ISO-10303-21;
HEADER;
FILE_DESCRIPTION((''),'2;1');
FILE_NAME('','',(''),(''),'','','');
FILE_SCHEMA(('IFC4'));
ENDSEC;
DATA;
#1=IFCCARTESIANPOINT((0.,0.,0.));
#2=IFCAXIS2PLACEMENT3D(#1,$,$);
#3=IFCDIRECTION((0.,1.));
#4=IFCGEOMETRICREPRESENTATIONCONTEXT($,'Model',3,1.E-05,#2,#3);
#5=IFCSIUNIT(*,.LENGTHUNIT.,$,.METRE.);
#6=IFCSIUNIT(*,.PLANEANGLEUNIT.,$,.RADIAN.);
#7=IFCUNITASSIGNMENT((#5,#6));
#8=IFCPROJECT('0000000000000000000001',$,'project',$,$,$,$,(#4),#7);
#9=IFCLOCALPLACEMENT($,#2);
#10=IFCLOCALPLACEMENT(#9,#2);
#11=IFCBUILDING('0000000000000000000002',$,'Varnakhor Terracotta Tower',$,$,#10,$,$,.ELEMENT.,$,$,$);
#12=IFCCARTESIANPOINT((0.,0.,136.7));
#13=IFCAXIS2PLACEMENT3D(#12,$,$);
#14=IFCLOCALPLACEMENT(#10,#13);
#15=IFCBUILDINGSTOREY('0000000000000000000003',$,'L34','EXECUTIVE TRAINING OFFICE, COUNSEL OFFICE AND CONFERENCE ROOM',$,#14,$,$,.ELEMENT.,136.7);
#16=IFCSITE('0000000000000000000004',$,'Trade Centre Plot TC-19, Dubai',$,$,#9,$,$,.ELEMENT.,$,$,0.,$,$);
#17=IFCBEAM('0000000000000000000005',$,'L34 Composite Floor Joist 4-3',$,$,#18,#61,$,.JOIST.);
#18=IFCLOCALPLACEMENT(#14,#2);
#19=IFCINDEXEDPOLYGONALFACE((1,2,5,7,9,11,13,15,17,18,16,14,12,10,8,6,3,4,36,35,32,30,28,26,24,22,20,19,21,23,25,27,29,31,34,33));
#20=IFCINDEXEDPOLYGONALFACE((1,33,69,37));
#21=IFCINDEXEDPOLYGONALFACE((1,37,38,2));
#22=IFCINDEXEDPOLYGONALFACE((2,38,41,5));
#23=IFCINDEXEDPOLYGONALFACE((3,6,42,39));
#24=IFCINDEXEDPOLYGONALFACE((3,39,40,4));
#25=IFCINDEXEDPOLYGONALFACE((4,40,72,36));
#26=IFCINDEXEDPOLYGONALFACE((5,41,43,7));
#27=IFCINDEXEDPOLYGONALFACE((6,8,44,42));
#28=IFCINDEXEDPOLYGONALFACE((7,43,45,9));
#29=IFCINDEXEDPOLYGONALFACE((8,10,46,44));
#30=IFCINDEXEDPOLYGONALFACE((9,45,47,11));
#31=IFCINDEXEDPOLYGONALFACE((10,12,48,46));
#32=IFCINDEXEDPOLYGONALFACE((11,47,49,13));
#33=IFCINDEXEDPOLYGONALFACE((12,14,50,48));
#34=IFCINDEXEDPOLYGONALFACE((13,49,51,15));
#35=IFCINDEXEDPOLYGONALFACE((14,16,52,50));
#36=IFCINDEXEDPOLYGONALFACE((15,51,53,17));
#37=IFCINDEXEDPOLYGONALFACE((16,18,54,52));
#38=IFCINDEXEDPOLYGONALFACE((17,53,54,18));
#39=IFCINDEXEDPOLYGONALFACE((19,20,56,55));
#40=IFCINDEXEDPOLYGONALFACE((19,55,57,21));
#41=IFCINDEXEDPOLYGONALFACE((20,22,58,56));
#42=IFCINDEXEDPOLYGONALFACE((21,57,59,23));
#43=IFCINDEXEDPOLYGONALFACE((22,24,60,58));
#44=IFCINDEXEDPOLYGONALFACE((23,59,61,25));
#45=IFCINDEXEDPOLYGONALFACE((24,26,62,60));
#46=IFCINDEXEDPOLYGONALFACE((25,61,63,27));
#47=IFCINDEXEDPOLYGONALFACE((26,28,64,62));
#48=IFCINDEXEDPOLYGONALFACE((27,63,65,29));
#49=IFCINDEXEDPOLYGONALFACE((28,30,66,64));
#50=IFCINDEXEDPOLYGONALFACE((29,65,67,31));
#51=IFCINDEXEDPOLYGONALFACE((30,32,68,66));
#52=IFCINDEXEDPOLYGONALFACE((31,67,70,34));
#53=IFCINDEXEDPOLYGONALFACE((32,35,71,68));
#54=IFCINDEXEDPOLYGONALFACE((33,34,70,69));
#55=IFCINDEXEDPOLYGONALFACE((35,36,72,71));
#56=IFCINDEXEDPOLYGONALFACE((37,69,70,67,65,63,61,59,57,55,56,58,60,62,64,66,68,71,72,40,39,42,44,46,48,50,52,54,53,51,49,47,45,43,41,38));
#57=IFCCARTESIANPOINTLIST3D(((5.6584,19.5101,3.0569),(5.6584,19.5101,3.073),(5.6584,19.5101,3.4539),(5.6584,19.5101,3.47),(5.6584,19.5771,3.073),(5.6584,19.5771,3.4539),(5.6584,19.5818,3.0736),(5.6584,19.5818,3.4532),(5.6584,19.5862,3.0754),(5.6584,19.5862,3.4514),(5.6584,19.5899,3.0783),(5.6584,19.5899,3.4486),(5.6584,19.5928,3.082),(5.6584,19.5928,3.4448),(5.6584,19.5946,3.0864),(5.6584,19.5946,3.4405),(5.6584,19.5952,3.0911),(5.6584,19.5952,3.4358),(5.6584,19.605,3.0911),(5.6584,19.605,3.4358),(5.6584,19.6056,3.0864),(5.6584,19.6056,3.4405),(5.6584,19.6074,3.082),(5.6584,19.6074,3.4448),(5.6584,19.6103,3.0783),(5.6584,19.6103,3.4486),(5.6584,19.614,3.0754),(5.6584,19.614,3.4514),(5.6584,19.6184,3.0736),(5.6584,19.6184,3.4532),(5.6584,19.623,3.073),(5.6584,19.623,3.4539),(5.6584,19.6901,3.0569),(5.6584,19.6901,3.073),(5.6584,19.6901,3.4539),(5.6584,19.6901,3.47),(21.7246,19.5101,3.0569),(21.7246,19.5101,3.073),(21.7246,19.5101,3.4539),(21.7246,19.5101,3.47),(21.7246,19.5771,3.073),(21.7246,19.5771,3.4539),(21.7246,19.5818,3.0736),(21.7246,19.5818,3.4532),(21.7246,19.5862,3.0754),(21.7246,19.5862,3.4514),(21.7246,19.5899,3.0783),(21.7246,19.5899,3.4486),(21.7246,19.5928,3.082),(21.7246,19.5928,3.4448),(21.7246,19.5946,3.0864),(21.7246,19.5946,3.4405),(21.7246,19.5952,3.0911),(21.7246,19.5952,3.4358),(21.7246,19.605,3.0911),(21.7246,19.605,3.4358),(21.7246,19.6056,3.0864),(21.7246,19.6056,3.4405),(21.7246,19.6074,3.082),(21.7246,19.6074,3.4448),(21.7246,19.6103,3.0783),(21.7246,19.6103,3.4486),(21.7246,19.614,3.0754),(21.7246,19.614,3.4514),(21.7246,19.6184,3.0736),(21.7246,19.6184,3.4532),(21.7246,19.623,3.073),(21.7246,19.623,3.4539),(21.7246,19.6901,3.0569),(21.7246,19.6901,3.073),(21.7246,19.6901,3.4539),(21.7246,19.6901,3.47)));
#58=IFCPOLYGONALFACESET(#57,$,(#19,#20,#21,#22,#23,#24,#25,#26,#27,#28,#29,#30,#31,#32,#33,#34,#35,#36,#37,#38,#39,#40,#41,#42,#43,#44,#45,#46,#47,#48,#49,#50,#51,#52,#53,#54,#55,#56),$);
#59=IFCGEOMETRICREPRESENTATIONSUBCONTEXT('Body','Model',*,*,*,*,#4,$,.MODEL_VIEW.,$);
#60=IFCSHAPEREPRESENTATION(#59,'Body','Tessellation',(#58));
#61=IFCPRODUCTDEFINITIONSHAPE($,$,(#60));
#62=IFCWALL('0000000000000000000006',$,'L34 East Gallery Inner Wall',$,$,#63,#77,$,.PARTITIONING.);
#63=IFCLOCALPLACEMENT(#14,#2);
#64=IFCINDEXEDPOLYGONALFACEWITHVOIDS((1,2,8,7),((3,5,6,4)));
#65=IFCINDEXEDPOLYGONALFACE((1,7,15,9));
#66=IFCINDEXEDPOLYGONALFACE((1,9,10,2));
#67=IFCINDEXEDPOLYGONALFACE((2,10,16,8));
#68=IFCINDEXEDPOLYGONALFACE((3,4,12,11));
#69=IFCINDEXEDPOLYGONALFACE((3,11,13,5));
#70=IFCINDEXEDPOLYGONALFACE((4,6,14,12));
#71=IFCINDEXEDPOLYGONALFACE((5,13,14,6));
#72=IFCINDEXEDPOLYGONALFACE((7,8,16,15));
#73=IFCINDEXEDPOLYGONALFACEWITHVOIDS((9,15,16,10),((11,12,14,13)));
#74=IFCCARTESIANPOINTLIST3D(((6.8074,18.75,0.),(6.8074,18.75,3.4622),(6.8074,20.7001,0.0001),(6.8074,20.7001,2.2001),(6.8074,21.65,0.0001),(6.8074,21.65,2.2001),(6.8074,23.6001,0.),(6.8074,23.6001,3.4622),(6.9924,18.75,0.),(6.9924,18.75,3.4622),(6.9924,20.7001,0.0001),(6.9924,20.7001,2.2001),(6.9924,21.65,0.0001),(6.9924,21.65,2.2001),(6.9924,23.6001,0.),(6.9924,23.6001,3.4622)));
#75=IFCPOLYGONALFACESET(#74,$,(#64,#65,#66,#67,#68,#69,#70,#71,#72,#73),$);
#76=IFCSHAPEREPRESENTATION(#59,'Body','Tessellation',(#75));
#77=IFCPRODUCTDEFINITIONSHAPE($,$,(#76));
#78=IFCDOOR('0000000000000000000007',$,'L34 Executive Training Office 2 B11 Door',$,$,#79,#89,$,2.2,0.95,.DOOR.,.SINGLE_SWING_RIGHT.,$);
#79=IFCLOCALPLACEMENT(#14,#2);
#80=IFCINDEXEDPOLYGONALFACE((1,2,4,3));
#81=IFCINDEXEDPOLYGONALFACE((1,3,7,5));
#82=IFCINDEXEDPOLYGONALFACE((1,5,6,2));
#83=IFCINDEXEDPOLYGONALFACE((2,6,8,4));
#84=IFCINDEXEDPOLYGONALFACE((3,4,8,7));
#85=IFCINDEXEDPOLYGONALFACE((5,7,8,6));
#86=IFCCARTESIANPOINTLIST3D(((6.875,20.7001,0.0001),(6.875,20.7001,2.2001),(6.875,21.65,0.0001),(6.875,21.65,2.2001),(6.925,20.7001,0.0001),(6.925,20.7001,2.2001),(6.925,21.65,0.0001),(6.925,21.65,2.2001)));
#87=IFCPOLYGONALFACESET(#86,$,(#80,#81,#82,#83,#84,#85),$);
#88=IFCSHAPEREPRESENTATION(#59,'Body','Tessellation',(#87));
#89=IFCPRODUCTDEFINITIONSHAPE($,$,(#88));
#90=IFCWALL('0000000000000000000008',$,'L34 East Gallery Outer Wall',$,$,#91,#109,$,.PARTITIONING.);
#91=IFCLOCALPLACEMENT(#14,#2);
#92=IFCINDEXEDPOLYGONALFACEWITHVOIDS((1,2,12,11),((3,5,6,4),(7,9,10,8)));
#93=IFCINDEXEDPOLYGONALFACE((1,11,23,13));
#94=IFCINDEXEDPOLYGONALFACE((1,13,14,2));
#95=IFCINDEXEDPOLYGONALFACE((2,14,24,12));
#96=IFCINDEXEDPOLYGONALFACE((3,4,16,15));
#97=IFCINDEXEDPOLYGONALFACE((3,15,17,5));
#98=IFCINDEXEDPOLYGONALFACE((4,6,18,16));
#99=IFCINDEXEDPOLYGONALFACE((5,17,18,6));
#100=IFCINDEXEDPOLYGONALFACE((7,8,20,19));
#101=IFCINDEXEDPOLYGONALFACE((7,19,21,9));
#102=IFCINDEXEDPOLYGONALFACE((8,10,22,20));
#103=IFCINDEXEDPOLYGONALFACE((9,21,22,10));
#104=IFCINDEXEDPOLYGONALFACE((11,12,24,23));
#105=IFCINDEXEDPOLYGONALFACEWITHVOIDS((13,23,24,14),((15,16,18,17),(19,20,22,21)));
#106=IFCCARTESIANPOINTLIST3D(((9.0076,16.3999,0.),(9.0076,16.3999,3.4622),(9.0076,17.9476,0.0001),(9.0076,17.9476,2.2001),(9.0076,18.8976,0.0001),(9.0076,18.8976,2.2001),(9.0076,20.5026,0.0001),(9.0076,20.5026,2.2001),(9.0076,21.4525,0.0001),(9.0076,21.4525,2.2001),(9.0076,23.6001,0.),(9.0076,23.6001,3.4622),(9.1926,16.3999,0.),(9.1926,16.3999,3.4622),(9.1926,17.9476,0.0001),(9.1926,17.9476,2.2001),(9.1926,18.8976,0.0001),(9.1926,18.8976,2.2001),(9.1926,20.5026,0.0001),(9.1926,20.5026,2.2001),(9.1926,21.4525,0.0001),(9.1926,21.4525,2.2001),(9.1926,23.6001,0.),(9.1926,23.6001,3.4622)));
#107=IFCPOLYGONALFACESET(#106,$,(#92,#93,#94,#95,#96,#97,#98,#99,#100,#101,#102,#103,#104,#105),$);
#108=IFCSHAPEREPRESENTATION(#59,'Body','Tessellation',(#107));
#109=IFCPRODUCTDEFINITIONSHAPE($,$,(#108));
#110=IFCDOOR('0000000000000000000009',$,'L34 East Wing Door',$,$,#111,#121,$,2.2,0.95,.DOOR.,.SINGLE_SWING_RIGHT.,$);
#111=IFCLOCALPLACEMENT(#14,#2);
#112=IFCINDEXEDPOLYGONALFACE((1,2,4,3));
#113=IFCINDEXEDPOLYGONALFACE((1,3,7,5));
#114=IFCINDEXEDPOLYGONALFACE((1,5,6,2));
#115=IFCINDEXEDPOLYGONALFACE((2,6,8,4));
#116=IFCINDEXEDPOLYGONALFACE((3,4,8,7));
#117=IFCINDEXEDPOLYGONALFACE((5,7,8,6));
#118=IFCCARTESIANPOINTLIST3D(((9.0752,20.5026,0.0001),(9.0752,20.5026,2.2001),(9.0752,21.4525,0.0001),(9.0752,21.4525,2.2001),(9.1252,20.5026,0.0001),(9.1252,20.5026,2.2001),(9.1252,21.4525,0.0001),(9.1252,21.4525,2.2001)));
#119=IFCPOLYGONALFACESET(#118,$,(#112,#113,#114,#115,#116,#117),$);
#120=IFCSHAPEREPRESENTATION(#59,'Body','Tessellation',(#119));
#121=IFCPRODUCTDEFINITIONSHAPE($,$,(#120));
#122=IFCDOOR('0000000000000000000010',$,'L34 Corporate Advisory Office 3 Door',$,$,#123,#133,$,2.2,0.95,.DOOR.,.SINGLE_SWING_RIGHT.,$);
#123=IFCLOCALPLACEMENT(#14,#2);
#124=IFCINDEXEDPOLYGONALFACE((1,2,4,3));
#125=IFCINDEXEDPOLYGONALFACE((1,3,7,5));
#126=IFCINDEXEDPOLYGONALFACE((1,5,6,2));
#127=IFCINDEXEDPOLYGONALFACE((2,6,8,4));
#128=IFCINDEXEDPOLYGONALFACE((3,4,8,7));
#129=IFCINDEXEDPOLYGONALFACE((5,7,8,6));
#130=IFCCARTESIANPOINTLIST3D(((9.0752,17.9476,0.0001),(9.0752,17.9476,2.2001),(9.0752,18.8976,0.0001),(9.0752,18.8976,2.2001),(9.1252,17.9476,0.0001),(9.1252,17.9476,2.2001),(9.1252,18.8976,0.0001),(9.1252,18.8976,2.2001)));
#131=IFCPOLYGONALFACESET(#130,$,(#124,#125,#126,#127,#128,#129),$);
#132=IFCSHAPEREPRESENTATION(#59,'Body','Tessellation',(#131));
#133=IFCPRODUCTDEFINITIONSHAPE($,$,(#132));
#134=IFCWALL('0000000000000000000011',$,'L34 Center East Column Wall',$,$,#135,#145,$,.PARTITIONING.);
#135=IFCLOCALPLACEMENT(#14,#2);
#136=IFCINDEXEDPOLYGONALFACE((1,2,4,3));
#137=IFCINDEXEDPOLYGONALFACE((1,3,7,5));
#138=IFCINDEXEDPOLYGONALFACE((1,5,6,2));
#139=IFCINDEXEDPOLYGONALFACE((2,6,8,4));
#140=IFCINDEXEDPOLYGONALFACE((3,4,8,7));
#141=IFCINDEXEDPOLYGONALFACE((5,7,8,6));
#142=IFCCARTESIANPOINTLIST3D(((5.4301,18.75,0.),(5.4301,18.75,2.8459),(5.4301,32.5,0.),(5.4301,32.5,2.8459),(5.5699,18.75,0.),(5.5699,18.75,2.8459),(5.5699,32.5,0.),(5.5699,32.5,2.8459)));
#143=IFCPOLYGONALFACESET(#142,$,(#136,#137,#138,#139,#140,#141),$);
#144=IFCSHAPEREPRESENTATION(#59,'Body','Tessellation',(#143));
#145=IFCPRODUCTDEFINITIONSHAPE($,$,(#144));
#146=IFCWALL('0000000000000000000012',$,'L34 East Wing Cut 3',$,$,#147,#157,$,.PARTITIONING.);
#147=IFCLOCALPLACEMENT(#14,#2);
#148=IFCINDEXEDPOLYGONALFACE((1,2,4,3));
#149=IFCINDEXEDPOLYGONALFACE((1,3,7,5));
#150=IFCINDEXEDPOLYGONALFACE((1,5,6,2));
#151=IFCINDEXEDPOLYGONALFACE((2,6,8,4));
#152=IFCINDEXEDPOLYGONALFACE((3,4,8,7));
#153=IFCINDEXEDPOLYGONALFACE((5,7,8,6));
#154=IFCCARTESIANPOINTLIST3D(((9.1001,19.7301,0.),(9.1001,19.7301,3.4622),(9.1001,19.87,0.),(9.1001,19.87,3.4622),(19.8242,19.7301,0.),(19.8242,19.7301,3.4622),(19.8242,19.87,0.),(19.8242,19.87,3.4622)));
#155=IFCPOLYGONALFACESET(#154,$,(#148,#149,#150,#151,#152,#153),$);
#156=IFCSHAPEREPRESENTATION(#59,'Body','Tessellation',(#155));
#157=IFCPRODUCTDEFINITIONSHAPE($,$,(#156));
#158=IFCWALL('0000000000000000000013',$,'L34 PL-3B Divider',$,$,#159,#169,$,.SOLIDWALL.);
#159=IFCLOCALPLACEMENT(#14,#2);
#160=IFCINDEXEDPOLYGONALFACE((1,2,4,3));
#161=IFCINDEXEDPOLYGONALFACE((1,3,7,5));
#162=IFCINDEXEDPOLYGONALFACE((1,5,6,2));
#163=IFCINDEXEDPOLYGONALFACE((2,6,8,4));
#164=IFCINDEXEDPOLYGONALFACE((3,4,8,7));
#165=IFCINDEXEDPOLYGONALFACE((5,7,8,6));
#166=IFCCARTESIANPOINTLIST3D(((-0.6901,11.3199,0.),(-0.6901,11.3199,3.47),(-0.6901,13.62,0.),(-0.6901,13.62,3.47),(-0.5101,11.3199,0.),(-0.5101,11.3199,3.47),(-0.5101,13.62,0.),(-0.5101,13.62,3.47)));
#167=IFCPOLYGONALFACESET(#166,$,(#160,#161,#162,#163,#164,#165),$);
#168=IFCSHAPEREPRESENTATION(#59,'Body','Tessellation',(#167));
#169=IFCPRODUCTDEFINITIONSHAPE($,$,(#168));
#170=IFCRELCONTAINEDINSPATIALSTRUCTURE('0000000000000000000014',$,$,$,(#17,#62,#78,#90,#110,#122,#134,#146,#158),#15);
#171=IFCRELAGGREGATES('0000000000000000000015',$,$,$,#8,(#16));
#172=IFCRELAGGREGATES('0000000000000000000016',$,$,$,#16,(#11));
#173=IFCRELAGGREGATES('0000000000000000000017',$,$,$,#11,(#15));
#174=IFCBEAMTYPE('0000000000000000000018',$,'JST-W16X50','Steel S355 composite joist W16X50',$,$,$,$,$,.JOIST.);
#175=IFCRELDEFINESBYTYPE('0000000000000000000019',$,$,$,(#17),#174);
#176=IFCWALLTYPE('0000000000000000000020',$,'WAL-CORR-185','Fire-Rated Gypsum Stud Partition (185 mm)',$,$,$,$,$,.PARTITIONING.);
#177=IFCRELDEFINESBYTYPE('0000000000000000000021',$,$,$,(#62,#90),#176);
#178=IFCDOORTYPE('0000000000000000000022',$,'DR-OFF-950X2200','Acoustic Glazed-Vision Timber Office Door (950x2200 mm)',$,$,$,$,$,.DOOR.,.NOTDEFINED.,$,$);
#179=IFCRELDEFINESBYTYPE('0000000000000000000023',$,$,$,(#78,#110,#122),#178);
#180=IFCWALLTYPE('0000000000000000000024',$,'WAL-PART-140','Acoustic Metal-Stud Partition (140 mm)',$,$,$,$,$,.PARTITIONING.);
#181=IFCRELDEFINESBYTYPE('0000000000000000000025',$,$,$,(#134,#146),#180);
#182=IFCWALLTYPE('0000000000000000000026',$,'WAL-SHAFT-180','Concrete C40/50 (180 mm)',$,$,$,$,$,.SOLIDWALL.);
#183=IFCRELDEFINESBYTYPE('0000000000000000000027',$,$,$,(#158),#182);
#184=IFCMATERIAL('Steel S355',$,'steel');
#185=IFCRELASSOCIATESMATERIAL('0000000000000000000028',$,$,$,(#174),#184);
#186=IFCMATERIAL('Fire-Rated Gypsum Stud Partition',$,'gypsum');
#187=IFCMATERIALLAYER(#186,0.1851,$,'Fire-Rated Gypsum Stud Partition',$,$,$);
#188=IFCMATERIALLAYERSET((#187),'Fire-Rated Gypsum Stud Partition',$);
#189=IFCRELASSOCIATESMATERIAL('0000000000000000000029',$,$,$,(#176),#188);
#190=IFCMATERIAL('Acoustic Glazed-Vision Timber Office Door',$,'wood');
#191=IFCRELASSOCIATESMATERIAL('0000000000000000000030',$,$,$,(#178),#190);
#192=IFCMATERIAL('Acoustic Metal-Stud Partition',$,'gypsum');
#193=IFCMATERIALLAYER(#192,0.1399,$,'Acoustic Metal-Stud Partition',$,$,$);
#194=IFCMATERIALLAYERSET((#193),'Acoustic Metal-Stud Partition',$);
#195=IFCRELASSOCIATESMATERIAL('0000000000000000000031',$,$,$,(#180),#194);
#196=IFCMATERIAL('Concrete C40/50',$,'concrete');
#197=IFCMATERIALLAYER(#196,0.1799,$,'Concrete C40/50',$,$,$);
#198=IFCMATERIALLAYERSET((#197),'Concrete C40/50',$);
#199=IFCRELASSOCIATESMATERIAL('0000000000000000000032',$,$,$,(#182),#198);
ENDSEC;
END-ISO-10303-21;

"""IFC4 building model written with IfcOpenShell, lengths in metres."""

from ifc_helpers import new_model, si_unit, direction, frame, frame_2d, origin, origin_2d, place, context, subcontext, project, spatial, rectangle, i_section, extrude, source, transform, mapped, material, layer, layer_set, material_profile, profile_set, type_object, type_shapes, element, fill, save


model = new_model("IFC4")

# Units and contexts
model_context = context("Model", 3, precision=1e-05, world=origin(), true_north=direction((0.0, 1.0)))
body_context = subcontext(model_context, "Body", "Model", "MODEL_VIEW")
ifc_project = project(units=[si_unit("LENGTHUNIT", "METRE"), si_unit("PLANEANGLEUNIT", "RADIAN")], contexts=[model_context])

# Site, building, storey
site_placement = place(None, origin())
site = spatial("IfcSite", under=ifc_project, at=site_placement, Name="Trade Centre Plot TC-19, Dubai", CompositionType="ELEMENT", RefElevation=0.0)
building_placement = place(site_placement, origin())
building = spatial("IfcBuilding", under=site, at=building_placement, Name="Varnakhor Terracotta Tower", CompositionType="ELEMENT")
storey_placement = place(building_placement, frame((0.0, 0.0, 136.7)))
storey = spatial("IfcBuildingStorey", under=building, at=storey_placement, Name="L34", Description="EXECUTIVE TRAINING OFFICE, COUNSEL OFFICE AND CONFERENCE ROOM", CompositionType="ELEMENT", Elevation=136.7)

# Beam
ifc_material_1 = material(Name="Steel S355", Category="steel")
ifc_material_profile_1 = material_profile(ifc_material_1, i_section(OverallWidth=0.1799, OverallDepth=0.4131, WebThickness=0.0098, FlangeThickness=0.0161, FilletRadius=0.0181, at=origin_2d()), Name="W16X50")
ifc_profile_set_1 = profile_set([ifc_material_profile_1], Name="Steel S355")
beam_type_1 = type_object("IfcBeamType", Name="JST-W16X50", Description="Steel S355 composite joist W16X50", PredefinedType="JOIST", material=ifc_profile_set_1)
shared_shape_1 = source(origin(), body_context, "Body", "SweptSolid", [
    extrude(i_section(OverallWidth=0.1799, OverallDepth=0.4131, WebThickness=0.0098, FlangeThickness=0.0161, FilletRadius=0.0181, at=origin_2d()), origin(), (0.0, 0.0, 1.0), 16.0662),
])
beam_1_placement = place(storey_placement, frame((5.6584, 19.6001, 3.2634), z_axis=(1.0, 0.0, 0.0), x_axis=(0.0, 1.0, 0.0)))
element("IfcBeam", 1, at=beam_1_placement, inside=storey, type_object=beam_type_1, Name="L34 Composite Floor Joist 4-3", PredefinedType="JOIST", context=body_context, shape_type="MappedRepresentation", body=[
    mapped(shared_shape_1, transform((0.0, 0.0, 0.0), scale=1.0)),
])

# Wall, opening, door
ifc_material_2 = material(Name="Fire-Rated Gypsum Stud Partition", Category="gypsum")
ifc_layer_1 = layer(ifc_material_2, 0.1851, Name="Fire-Rated Gypsum Stud Partition")
ifc_layer_set_1 = layer_set([ifc_layer_1], Name="Fire-Rated Gypsum Stud Partition")
wall_type_1 = type_object("IfcWallType", Name="WAL-CORR-185", Description="Fire-Rated Gypsum Stud Partition (185 mm)", PredefinedType="PARTITIONING", material=ifc_layer_set_1)
wall_1_placement = place(storey_placement, frame((6.8999, 18.75, 0.0), z_axis=(0.0, 0.0, 1.0), x_axis=(0.0, 1.0, 0.0)))
wall_1 = element("IfcWall", 2, at=wall_1_placement, inside=storey, type_object=wall_type_1, Name="L34 East Gallery Inner Wall", PredefinedType="PARTITIONING", context=body_context, shape_type="SweptSolid", body=[
    extrude(rectangle(XDim=4.8501, YDim=0.1851, at=frame_2d((2.425, 0.0))), origin(), (0.0, 0.0, 1.0), 3.4622),
])
opening_1_placement = place(wall_1_placement, frame((1.95, 0.0, 0.0)))
opening_1 = element("IfcOpeningElement", 3, at=opening_1_placement, cuts=wall_1, PredefinedType="OPENING", context=body_context, shape_type="SweptSolid", body=[
    extrude(rectangle(XDim=0.95, YDim=2.2, at=frame_2d((0.4751, 1.1001))), frame((0.0, 0.1025, 0.0), z_axis=(0.0, -1.0, 0.0), x_axis=(1.0, 0.0, 0.0)), (0.0, 0.0, 1.0), 0.2051),
])
ifc_material_3 = material(Name="Acoustic Glazed-Vision Timber Office Door", Category="wood")
door_type_1 = type_object("IfcDoorType", Name="DR-OFF-950X2200", Description="Acoustic Glazed-Vision Timber Office Door (950x2200 mm)", OperationType="NOTDEFINED", PredefinedType="DOOR", material=ifc_material_3)
shared_shape_2 = source(origin(), body_context, "Body", "SweptSolid", [
    extrude(rectangle(XDim=0.95, YDim=2.2, at=frame_2d((0.4751, 1.1001))), frame((0.0, 0.0249, 0.0), z_axis=(0.0, -1.0, 0.0), x_axis=(1.0, 0.0, 0.0)), (0.0, 0.0, 1.0), 0.05),
])
type_shapes(door_type_1, [shared_shape_2])
door_1_placement = place(opening_1_placement, origin())
door_1 = element("IfcDoor", 4, at=door_1_placement, inside=storey, type_object=door_type_1, Name="L34 Executive Training Office 2 B11 Door", OperationType="SINGLE_SWING_RIGHT", OverallHeight=2.2, OverallWidth=0.95, PredefinedType="DOOR", context=body_context, shape_type="MappedRepresentation", body=[
    mapped(shared_shape_2, transform((0.0, 0.0, 0.0), scale=1.0)),
])
fill(opening_1, door_1)

# Wall, openings, doors
wall_2_placement = place(storey_placement, frame((9.1001, 16.3999, 0.0), z_axis=(0.0, 0.0, 1.0), x_axis=(0.0, 1.0, 0.0)))
wall_2 = element("IfcWall", 5, at=wall_2_placement, inside=storey, type_object=wall_type_1, Name="L34 East Gallery Outer Wall", PredefinedType="PARTITIONING", context=body_context, shape_type="SweptSolid", body=[
    extrude(rectangle(XDim=7.2002, YDim=0.1851, at=frame_2d((3.6001, 0.0))), origin(), (0.0, 0.0, 1.0), 3.4622),
])
opening_2_placement = place(wall_2_placement, frame((4.1025, 0.0, 0.0)))
opening_2 = element("IfcOpeningElement", 6, at=opening_2_placement, cuts=wall_2, PredefinedType="OPENING", context=body_context, shape_type="SweptSolid", body=[
    extrude(rectangle(XDim=0.95, YDim=2.2, at=frame_2d((0.4751, 1.1001))), frame((0.0, 0.1025, 0.0), z_axis=(0.0, -1.0, 0.0), x_axis=(1.0, 0.0, 0.0)), (0.0, 0.0, 1.0), 0.2051),
])
opening_3_placement = place(wall_2_placement, frame((1.5476, 0.0, 0.0)))
opening_3 = element("IfcOpeningElement", 7, at=opening_3_placement, cuts=wall_2, PredefinedType="OPENING", context=body_context, shape_type="SweptSolid", body=[
    extrude(rectangle(XDim=0.95, YDim=2.2, at=frame_2d((0.4751, 1.1001))), frame((0.0, 0.1025, 0.0), z_axis=(0.0, -1.0, 0.0), x_axis=(1.0, 0.0, 0.0)), (0.0, 0.0, 1.0), 0.2051),
])
door_2_placement = place(opening_2_placement, origin())
door_2 = element("IfcDoor", 8, at=door_2_placement, inside=storey, type_object=door_type_1, Name="L34 East Wing Door", OperationType="SINGLE_SWING_RIGHT", OverallHeight=2.2, OverallWidth=0.95, PredefinedType="DOOR", context=body_context, shape_type="MappedRepresentation", body=[
    mapped(shared_shape_2, transform((0.0, 0.0, 0.0), scale=1.0)),
])
fill(opening_2, door_2)
door_3_placement = place(opening_3_placement, origin())
door_3 = element("IfcDoor", 9, at=door_3_placement, inside=storey, type_object=door_type_1, Name="L34 Corporate Advisory Office 3 Door", OperationType="SINGLE_SWING_RIGHT", OverallHeight=2.2, OverallWidth=0.95, PredefinedType="DOOR", context=body_context, shape_type="MappedRepresentation", body=[
    mapped(shared_shape_2, transform((0.0, 0.0, 0.0), scale=1.0)),
])
fill(opening_3, door_3)

# Walls
ifc_material_4 = material(Name="Acoustic Metal-Stud Partition", Category="gypsum")
ifc_layer_2 = layer(ifc_material_4, 0.1399, Name="Acoustic Metal-Stud Partition")
ifc_layer_set_2 = layer_set([ifc_layer_2], Name="Acoustic Metal-Stud Partition")
wall_type_2 = type_object("IfcWallType", Name="WAL-PART-140", Description="Acoustic Metal-Stud Partition (140 mm)", PredefinedType="PARTITIONING", material=ifc_layer_set_2)
wall_3_placement = place(storey_placement, frame((5.5, 18.75, 0.0), z_axis=(0.0, 0.0, 1.0), x_axis=(0.0, 1.0, 0.0)))
element("IfcWall", 10, at=wall_3_placement, inside=storey, type_object=wall_type_2, Name="L34 Center East Column Wall", PredefinedType="PARTITIONING", context=body_context, shape_type="SweptSolid", body=[
    extrude(rectangle(XDim=13.75, YDim=0.1399, at=frame_2d((6.875, 0.0))), origin(), (0.0, 0.0, 1.0), 2.8459),
])
wall_4_placement = place(storey_placement, frame((9.1001, 19.8, 0.0), z_axis=(0.0, 0.0, 1.0), x_axis=(1.0, 0.0, 0.0)))
element("IfcWall", 11, at=wall_4_placement, inside=storey, type_object=wall_type_2, Name="L34 East Wing Cut 3", PredefinedType="PARTITIONING", context=body_context, shape_type="SweptSolid", body=[
    extrude(rectangle(XDim=10.7241, YDim=0.1399, at=frame_2d((5.3621, 0.0))), origin(), (0.0, 0.0, 1.0), 3.4622),
])
ifc_material_5 = material(Name="Concrete C40/50", Category="concrete")
ifc_layer_3 = layer(ifc_material_5, 0.1799, Name="Concrete C40/50")
ifc_layer_set_3 = layer_set([ifc_layer_3], Name="Concrete C40/50")
wall_type_3 = type_object("IfcWallType", Name="WAL-SHAFT-180", Description="Concrete C40/50 (180 mm)", PredefinedType="SOLIDWALL", material=ifc_layer_set_3)
wall_5_placement = place(storey_placement, frame((-0.6001, 11.3201, 0.0), z_axis=(0.0, 0.0, 1.0), x_axis=(0.0, 1.0, 0.0)))
element("IfcWall", 12, at=wall_5_placement, inside=storey, type_object=wall_type_3, Name="L34 PL-3B Divider", PredefinedType="SOLIDWALL", context=body_context, shape_type="SweptSolid", body=[
    extrude(rectangle(XDim=2.3, YDim=0.1799, at=frame_2d((1.1499, 0.0))), origin(), (0.0, 0.0, 1.0), 3.47),
])

save(model, "model.ifc")
